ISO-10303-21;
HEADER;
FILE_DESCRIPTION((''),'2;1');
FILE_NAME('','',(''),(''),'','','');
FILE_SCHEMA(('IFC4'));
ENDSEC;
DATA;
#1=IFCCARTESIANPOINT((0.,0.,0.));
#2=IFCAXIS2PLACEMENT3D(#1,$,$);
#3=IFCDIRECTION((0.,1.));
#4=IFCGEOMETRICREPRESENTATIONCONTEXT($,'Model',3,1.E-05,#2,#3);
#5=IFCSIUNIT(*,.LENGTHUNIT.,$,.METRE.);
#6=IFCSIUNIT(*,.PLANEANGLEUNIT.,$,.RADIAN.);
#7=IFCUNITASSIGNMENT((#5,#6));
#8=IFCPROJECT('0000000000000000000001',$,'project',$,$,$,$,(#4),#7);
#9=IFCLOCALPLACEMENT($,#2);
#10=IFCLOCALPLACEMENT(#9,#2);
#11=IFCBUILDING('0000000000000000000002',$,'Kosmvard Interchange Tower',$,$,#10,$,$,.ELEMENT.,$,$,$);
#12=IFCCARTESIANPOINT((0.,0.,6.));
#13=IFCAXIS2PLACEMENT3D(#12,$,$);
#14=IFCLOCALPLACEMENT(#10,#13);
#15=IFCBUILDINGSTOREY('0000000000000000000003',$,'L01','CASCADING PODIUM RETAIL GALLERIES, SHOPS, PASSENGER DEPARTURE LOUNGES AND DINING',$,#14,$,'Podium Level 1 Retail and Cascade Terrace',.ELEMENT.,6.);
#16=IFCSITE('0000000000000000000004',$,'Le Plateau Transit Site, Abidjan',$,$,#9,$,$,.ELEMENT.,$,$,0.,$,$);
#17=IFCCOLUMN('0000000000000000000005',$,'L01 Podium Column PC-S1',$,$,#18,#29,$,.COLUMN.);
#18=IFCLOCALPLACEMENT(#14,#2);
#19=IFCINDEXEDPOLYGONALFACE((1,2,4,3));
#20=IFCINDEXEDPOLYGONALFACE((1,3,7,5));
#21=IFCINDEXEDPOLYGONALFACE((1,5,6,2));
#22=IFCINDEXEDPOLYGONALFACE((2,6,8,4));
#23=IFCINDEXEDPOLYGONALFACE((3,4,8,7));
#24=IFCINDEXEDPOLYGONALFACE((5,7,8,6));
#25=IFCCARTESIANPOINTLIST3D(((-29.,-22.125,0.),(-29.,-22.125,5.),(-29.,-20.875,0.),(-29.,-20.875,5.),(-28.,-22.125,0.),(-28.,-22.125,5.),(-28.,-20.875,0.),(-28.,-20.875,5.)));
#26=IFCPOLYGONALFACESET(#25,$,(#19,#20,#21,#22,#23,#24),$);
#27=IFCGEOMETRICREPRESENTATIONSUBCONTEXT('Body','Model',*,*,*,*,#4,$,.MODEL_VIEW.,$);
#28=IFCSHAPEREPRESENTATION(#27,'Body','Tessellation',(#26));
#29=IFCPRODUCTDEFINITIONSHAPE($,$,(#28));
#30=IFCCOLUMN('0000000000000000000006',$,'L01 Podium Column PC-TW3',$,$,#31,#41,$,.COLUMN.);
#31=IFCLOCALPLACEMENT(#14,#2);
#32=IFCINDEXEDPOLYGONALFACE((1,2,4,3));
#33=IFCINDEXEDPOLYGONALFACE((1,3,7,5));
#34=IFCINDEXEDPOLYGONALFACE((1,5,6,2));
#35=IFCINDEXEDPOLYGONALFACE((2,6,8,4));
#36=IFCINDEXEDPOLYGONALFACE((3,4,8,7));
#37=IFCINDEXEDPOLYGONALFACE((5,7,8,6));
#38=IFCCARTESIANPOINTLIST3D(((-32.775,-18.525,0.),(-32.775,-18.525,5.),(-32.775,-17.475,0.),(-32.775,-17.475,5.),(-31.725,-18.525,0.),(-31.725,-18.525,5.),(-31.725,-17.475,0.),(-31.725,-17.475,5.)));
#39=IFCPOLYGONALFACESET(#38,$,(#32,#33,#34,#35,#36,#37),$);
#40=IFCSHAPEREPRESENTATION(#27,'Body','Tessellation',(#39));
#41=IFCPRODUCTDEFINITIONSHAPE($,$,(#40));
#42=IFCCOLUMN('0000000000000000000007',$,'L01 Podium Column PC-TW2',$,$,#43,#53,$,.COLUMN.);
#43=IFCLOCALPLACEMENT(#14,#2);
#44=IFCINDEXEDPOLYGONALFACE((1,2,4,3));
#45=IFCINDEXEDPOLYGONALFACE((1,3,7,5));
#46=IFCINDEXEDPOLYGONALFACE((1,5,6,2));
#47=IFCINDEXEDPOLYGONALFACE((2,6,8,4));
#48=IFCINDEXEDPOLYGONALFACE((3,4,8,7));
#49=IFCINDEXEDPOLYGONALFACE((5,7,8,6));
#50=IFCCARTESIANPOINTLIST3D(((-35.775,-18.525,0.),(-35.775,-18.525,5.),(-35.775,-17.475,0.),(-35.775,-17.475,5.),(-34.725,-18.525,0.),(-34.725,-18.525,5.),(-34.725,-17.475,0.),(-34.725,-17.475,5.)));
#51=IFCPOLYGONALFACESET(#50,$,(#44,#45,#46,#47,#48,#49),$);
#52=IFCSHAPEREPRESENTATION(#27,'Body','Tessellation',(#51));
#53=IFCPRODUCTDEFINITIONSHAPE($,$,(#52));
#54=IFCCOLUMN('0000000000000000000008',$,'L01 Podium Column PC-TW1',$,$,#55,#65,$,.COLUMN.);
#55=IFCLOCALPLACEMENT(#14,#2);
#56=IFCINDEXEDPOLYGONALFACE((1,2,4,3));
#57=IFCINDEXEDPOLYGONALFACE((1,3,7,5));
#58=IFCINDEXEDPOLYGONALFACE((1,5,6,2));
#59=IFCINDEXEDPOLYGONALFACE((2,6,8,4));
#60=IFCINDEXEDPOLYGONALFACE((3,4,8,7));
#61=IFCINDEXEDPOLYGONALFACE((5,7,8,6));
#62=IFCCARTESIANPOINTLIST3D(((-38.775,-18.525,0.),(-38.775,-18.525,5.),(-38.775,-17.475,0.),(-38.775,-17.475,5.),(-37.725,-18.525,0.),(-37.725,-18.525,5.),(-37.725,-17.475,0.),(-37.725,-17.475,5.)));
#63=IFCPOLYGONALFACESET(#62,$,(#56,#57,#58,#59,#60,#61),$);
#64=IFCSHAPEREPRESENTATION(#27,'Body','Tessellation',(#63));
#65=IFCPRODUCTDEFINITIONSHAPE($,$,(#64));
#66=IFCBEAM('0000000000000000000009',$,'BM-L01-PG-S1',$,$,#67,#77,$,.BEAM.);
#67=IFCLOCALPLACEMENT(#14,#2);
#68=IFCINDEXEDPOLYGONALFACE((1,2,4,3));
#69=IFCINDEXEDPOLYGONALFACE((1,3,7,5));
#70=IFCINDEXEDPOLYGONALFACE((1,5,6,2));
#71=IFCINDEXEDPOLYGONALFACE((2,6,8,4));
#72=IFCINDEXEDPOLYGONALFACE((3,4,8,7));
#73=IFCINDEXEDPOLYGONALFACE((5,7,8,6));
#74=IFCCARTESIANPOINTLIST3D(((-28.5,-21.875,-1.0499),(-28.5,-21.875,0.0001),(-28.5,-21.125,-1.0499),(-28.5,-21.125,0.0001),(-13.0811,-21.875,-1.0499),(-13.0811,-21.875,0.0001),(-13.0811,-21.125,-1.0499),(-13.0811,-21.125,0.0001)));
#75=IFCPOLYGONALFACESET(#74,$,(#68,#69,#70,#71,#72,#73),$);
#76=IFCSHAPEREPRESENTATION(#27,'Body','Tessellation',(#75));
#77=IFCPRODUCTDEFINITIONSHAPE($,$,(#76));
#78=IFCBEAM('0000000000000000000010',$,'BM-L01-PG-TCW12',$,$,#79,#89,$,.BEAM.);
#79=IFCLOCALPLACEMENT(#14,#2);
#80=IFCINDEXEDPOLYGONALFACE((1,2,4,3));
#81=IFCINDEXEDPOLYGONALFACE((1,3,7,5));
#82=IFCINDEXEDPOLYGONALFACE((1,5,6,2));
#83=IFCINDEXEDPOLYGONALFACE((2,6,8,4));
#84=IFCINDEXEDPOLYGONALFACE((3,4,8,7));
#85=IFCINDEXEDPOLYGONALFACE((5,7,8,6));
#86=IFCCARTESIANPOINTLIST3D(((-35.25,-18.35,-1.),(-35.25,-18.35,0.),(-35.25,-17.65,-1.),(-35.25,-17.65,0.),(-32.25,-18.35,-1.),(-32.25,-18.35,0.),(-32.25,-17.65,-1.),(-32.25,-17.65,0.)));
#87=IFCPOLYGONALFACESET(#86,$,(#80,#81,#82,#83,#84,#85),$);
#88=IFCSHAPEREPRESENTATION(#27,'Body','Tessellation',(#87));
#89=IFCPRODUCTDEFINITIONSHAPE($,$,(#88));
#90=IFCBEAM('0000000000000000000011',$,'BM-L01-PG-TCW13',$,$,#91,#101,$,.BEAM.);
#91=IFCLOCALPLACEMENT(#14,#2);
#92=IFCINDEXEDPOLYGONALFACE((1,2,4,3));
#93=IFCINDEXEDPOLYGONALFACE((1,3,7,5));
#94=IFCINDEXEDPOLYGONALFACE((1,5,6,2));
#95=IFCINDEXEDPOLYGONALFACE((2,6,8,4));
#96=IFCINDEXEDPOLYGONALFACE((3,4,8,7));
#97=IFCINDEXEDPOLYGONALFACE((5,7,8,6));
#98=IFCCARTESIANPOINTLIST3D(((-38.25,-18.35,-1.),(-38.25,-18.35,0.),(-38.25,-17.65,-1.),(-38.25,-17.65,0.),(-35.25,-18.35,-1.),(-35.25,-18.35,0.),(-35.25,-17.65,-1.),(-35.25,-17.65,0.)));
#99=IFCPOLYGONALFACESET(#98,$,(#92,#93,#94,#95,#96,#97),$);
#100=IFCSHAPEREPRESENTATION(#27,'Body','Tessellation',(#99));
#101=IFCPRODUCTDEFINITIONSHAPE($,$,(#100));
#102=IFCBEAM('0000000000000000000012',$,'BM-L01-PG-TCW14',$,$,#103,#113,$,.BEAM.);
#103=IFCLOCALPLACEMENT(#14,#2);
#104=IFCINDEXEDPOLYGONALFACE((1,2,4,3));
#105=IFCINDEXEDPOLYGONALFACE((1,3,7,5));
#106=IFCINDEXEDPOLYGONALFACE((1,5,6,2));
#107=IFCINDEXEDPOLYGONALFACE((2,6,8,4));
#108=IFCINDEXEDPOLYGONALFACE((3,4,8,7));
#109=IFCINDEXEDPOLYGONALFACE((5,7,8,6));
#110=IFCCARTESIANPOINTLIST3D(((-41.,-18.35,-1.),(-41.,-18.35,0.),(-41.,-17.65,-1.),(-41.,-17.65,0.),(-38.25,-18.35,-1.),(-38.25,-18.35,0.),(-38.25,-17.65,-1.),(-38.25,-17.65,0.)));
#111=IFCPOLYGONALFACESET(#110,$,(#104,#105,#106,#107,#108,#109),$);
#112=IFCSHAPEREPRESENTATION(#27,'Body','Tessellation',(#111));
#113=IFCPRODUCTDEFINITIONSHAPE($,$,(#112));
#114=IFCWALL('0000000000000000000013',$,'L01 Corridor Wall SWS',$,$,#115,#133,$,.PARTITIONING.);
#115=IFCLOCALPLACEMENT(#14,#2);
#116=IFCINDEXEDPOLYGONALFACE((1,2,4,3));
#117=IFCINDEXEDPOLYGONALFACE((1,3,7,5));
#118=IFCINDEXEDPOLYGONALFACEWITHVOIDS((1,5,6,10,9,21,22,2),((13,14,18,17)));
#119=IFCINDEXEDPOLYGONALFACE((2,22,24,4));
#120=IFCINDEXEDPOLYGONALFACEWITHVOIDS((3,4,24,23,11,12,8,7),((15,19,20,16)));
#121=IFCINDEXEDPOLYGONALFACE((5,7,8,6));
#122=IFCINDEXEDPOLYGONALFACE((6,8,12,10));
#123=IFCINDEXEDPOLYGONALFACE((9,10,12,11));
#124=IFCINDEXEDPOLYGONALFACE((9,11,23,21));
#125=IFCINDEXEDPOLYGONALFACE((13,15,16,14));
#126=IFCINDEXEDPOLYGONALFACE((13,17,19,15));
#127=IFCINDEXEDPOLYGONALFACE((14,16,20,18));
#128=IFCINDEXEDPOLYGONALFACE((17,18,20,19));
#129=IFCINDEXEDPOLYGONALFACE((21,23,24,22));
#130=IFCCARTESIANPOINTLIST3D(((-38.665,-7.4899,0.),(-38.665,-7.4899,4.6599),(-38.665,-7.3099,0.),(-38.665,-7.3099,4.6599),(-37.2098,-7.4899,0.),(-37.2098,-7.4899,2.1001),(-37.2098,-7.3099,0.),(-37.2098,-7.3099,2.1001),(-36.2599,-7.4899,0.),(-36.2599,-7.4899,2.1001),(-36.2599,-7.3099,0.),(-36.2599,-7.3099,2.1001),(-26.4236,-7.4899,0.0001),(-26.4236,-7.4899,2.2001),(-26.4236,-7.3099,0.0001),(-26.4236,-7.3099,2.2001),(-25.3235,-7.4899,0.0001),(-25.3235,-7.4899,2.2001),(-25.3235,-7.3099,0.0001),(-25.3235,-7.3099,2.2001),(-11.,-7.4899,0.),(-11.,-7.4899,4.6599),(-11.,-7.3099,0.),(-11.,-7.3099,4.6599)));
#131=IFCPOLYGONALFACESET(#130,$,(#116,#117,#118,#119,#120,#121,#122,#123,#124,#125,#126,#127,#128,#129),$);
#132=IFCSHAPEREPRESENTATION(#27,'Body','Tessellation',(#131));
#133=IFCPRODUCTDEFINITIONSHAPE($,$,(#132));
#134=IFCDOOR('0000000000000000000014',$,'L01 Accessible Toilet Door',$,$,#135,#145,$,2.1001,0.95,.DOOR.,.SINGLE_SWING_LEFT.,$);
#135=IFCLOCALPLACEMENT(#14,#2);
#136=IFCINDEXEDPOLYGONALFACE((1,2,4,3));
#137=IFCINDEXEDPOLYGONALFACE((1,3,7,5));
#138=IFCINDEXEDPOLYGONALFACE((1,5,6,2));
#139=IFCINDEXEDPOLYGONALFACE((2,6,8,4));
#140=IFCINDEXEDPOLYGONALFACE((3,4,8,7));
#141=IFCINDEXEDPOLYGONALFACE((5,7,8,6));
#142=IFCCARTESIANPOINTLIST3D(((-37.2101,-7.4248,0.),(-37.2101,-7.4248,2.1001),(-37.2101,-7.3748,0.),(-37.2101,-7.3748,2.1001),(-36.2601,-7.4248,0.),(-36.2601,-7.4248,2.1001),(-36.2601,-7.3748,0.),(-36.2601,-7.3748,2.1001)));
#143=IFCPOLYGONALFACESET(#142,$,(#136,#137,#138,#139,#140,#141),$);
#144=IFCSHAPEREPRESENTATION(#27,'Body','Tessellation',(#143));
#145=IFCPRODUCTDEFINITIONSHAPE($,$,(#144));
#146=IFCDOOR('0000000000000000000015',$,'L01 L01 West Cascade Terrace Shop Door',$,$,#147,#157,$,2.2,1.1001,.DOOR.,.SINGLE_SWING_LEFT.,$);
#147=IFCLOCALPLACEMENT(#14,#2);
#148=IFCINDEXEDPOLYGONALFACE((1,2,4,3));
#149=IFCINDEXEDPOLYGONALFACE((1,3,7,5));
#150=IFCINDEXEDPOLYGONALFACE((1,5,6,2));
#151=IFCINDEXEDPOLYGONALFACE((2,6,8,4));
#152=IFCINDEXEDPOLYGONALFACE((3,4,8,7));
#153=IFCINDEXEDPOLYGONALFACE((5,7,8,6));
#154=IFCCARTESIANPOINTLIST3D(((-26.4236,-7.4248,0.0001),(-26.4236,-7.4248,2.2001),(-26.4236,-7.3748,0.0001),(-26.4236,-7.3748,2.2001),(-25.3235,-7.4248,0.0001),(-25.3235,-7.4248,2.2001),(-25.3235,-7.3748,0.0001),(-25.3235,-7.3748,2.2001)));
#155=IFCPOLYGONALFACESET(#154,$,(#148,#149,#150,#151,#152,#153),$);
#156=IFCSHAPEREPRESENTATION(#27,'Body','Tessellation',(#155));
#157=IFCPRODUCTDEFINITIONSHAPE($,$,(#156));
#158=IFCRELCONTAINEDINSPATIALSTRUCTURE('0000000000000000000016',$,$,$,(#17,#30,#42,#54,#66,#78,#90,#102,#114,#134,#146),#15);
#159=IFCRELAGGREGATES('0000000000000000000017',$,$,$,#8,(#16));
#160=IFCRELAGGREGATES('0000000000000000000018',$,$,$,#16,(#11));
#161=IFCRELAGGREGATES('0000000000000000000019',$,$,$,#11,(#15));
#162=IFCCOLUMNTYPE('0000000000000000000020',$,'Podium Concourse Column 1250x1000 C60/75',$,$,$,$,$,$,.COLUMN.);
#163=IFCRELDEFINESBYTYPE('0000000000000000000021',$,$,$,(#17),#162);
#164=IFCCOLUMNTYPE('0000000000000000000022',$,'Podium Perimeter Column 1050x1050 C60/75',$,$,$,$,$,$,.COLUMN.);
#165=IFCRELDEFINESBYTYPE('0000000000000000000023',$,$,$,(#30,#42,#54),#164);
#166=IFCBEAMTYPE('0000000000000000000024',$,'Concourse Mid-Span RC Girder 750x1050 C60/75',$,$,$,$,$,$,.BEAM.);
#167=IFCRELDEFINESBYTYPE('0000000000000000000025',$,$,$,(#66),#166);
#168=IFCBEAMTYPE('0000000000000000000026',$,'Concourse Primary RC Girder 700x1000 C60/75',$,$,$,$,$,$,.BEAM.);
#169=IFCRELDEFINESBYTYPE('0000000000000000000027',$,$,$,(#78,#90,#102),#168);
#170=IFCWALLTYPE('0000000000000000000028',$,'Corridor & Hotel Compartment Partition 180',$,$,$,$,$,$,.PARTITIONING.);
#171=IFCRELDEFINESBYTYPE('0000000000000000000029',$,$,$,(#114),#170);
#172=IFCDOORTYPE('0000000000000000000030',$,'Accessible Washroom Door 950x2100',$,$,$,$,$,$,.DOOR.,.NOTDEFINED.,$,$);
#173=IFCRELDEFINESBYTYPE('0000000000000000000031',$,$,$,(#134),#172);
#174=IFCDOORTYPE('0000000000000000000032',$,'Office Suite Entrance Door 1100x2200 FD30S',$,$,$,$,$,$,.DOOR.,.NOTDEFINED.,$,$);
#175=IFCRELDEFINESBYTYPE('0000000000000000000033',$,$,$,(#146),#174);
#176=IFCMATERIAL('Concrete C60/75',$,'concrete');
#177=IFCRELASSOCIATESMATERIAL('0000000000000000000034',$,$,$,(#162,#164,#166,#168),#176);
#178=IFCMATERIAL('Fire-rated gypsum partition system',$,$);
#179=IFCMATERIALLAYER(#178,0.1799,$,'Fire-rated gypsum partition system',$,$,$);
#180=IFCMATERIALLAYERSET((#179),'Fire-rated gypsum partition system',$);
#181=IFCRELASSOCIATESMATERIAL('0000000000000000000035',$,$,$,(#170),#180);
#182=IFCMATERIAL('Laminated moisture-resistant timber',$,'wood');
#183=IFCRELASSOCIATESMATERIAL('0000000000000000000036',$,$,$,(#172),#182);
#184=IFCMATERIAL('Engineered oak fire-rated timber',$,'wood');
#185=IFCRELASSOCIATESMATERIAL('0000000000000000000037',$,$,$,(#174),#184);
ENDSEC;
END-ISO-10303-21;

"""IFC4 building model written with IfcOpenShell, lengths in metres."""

from ifc_helpers import new_model, si_unit, direction, frame, frame_2d, origin, origin_2d, place, context, subcontext, project, spatial, rectangle, extrude, source, transform, mapped, material, layer, layer_set, material_profile, profile_set, type_object, element, fill, save


model = new_model("IFC4")

# Units and contexts
model_context = context("Model", 3, precision=1e-05, world=origin(), true_north=direction((0.0, 1.0)))
body_context = subcontext(model_context, "Body", "Model", "MODEL_VIEW")
ifc_project = project(units=[si_unit("LENGTHUNIT", "METRE"), si_unit("PLANEANGLEUNIT", "RADIAN")], contexts=[model_context])

# Site, building, storey
site_placement = place(None, origin())
site = spatial("IfcSite", under=ifc_project, at=site_placement, Name="Le Plateau Transit Site, Abidjan", CompositionType="ELEMENT", RefElevation=0.0)
building_placement = place(site_placement, origin())
building = spatial("IfcBuilding", under=site, at=building_placement, Name="Kosmvard Interchange Tower", CompositionType="ELEMENT")
storey_placement = place(building_placement, frame((0.0, 0.0, 6.0)))
storey = spatial("IfcBuildingStorey", under=building, at=storey_placement, Name="L01", Description="CASCADING PODIUM RETAIL GALLERIES, SHOPS, PASSENGER DEPARTURE LOUNGES AND DINING", LongName="Podium Level 1 Retail and Cascade Terrace", CompositionType="ELEMENT", Elevation=6.0)

# Columns
ifc_material_1 = material(Name="Concrete C60/75", Category="concrete")
ifc_material_profile_1 = material_profile(ifc_material_1, rectangle(XDim=1.0, YDim=1.25, at=origin_2d()), Name="PC 1250x1000")
ifc_profile_set_1 = profile_set([ifc_material_profile_1], Name="Concrete C60/75")
column_type_1 = type_object("IfcColumnType", Name="Podium Concourse Column 1250x1000 C60/75", PredefinedType="COLUMN", material=ifc_profile_set_1)
shared_shape_1 = source(origin(), body_context, "Body", "SweptSolid", [
    extrude(rectangle(XDim=1.0, YDim=1.25, at=origin_2d()), origin(), (0.0, 0.0, 1.0), 5.0),
])
column_placement = place(storey_placement, frame((-28.5, -21.5, 0.0), z_axis=(0.0, 0.0, 1.0), x_axis=(1.0, 0.0, 0.0)))
element("IfcColumn", 1, at=column_placement, inside=storey, type_object=column_type_1, Name="L01 Podium Column PC-S1", PredefinedType="COLUMN", context=body_context, shape_type="MappedRepresentation", body=[
    mapped(shared_shape_1, transform((0.0, 0.0, 0.0), scale=1.0)),
])
ifc_material_profile_2 = material_profile(ifc_material_1, rectangle(XDim=1.05, YDim=1.05, at=origin_2d()), Name="PC 1050x1050")
ifc_profile_set_2 = profile_set([ifc_material_profile_2], Name="Concrete C60/75")
column_type_2 = type_object("IfcColumnType", Name="Podium Perimeter Column 1050x1050 C60/75", PredefinedType="COLUMN", material=ifc_profile_set_2)
shared_shape_2 = source(origin(), body_context, "Body", "SweptSolid", [
    extrude(rectangle(XDim=1.05, YDim=1.05, at=origin_2d()), origin(), (0.0, 0.0, 1.0), 5.0),
])
for number, where, z_axis, x_axis, name in (
    (2, (-32.25, -18.0, 0.0), (0.0, 0.0, 1.0), (1.0, 0.0, 0.0), "L01 Podium Column PC-TW3"),
    (3, (-35.25, -18.0, 0.0), (0.0, 0.0, 1.0), (1.0, 0.0, 0.0), "L01 Podium Column PC-TW2"),
    (4, (-38.25, -18.0, 0.0), (0.0, 0.0, 1.0), (1.0, 0.0, 0.0), "L01 Podium Column PC-TW1"),
):
    element("IfcColumn", number, at=place(storey_placement, frame(where, z_axis=z_axis, x_axis=x_axis)), inside=storey, type_object=column_type_2, Name=name, PredefinedType="COLUMN", context=body_context, shape_type="MappedRepresentation", body=[
        mapped(shared_shape_2, transform((0.0, 0.0, 0.0), scale=1.0)),
    ])

# Beams
ifc_material_profile_3 = material_profile(ifc_material_1, rectangle(XDim=0.75, YDim=1.05, at=origin_2d()), Name="RCG 750x1050")
ifc_profile_set_3 = profile_set([ifc_material_profile_3], Name="Concrete C60/75")
beam_type_1 = type_object("IfcBeamType", Name="Concourse Mid-Span RC Girder 750x1050 C60/75", PredefinedType="BEAM", material=ifc_profile_set_3)
shared_shape_3 = source(origin(), body_context, "Body", "SweptSolid", [
    extrude(rectangle(XDim=0.75, YDim=1.05, at=origin_2d()), origin(), (0.0, 0.0, 1.0), 15.4189),
])
beam_1_placement = place(storey_placement, frame((-28.5, -21.5, -0.5249), z_axis=(1.0, 0.0, 0.0), x_axis=(0.0, 1.0, 0.0)))
element("IfcBeam", 5, at=beam_1_placement, inside=storey, type_object=beam_type_1, Name="BM-L01-PG-S1", PredefinedType="BEAM", context=body_context, shape_type="MappedRepresentation", body=[
    mapped(shared_shape_3, transform((0.0, 0.0, 0.0), scale=1.0)),
])
ifc_material_profile_4 = material_profile(ifc_material_1, rectangle(XDim=0.7, YDim=1.0, at=origin_2d()), Name="RCG 700x1000")
ifc_profile_set_4 = profile_set([ifc_material_profile_4], Name="Concrete C60/75")
beam_type_2 = type_object("IfcBeamType", Name="Concourse Primary RC Girder 700x1000 C60/75", PredefinedType="BEAM", material=ifc_profile_set_4)
shared_shape_4 = source(origin(), body_context, "Body", "SweptSolid", [
    extrude(rectangle(XDim=0.7, YDim=1.0, at=origin_2d()), origin(), (0.0, 0.0, 1.0), 3.0),
])
for number, where, z_axis, x_axis, name in (
    (6, (-32.25, -18.0, -0.5), (-1.0, 0.0, 0.0), (0.0, -1.0, 0.0), "BM-L01-PG-TCW12"),
    (7, (-35.25, -18.0, -0.5), (-1.0, 0.0, 0.0), (0.0, -1.0, 0.0), "BM-L01-PG-TCW13"),
):
    element("IfcBeam", number, at=place(storey_placement, frame(where, z_axis=z_axis, x_axis=x_axis)), inside=storey, type_object=beam_type_2, Name=name, PredefinedType="BEAM", context=body_context, shape_type="MappedRepresentation", body=[
        mapped(shared_shape_4, transform((0.0, 0.0, 0.0), scale=1.0)),
    ])
shared_shape_5 = source(origin(), body_context, "Body", "SweptSolid", [
    extrude(rectangle(XDim=0.7, YDim=1.0, at=origin_2d()), origin(), (0.0, 0.0, 1.0), 2.75),
])
beam_2_placement = place(storey_placement, frame((-38.25, -18.0, -0.5), z_axis=(-1.0, 0.0, 0.0), x_axis=(0.0, -1.0, 0.0)))
element("IfcBeam", 8, at=beam_2_placement, inside=storey, type_object=beam_type_2, Name="BM-L01-PG-TCW14", PredefinedType="BEAM", context=body_context, shape_type="MappedRepresentation", body=[
    mapped(shared_shape_5, transform((0.0, 0.0, 0.0), scale=1.0)),
])

# Wall, openings, doors
ifc_material_2 = material(Name="Fire-rated gypsum partition system")
ifc_layer_1 = layer(ifc_material_2, 0.1799, Name="Fire-rated gypsum partition system")
ifc_layer_set_1 = layer_set([ifc_layer_1], Name="Fire-rated gypsum partition system")
wall_type_1 = type_object("IfcWallType", Name="Corridor & Hotel Compartment Partition 180", PredefinedType="PARTITIONING", material=ifc_layer_set_1)
wall_1_placement = place(storey_placement, frame((-38.665, -7.3999, 0.0), z_axis=(0.0, 0.0, 1.0), x_axis=(1.0, 0.0, 0.0)))
wall_1 = element("IfcWall", 9, at=wall_1_placement, inside=storey, type_object=wall_type_1, Name="L01 Corridor Wall SWS", PredefinedType="PARTITIONING", context=body_context, shape_type="SweptSolid", body=[
    extrude(rectangle(XDim=27.665, YDim=0.1799, at=frame_2d((13.8325, 0.0))), origin(), (0.0, 0.0, 1.0), 4.6599),
])
opening_1_placement = place(wall_1_placement, frame((1.4551, 0.0, 0.0)))
opening_1 = element("IfcOpeningElement", 10, at=opening_1_placement, cuts=wall_1, PredefinedType="OPENING", context=body_context, shape_type="SweptSolid", body=[
    extrude(rectangle(XDim=0.95, YDim=2.1001, at=frame_2d((0.4751, 1.05))), frame((0.0, 0.1001, 0.0), z_axis=(0.0, -1.0, 0.0), x_axis=(1.0, 0.0, 0.0)), (0.0, 0.0, 1.0), 0.2),
])
opening_2_placement = place(wall_1_placement, frame((12.2415, 0.0, 0.0)))
opening_2 = element("IfcOpeningElement", 11, at=opening_2_placement, cuts=wall_1, PredefinedType="OPENING", context=body_context, shape_type="SweptSolid", body=[
    extrude(rectangle(XDim=1.1001, YDim=2.2, at=frame_2d((0.55, 1.1001))), frame((0.0, 0.1001, 0.0), z_axis=(0.0, -1.0, 0.0), x_axis=(1.0, 0.0, 0.0)), (0.0, 0.0, 1.0), 0.2),
])
ifc_material_3 = material(Name="Laminated moisture-resistant timber", Category="wood")
door_type_1 = type_object("IfcDoorType", Name="Accessible Washroom Door 950x2100", OperationType="NOTDEFINED", PredefinedType="DOOR", material=ifc_material_3)
shared_shape_6 = source(origin(), body_context, "Body", "SweptSolid", [
    extrude(rectangle(XDim=0.95, YDim=2.1001, at=frame_2d((0.4751, 1.05))), frame((0.0, 0.0249, 0.0), z_axis=(0.0, -1.0, 0.0), x_axis=(1.0, 0.0, 0.0)), (0.0, 0.0, 1.0), 0.05),
])
door_1_placement = place(opening_1_placement, frame((0.95, 0.0, 0.0), z_axis=(0.0, 0.0, 1.0), x_axis=(-1.0, 0.0, 0.0)))
door_1 = element("IfcDoor", 12, at=door_1_placement, inside=storey, type_object=door_type_1, Name="L01 Accessible Toilet Door", OperationType="SINGLE_SWING_LEFT", OverallHeight=2.1001, OverallWidth=0.95, PredefinedType="DOOR", context=body_context, shape_type="MappedRepresentation", body=[
    mapped(shared_shape_6, transform((0.0, 0.0, 0.0), scale=1.0)),
])
fill(opening_1, door_1)
ifc_material_4 = material(Name="Engineered oak fire-rated timber", Category="wood")
door_type_2 = type_object("IfcDoorType", Name="Office Suite Entrance Door 1100x2200 FD30S", OperationType="NOTDEFINED", PredefinedType="DOOR", material=ifc_material_4)
shared_shape_7 = source(origin(), body_context, "Body", "SweptSolid", [
    extrude(rectangle(XDim=1.1001, YDim=2.2, at=frame_2d((0.55, 1.1001))), frame((0.0, 0.0249, 0.0), z_axis=(0.0, -1.0, 0.0), x_axis=(1.0, 0.0, 0.0)), (0.0, 0.0, 1.0), 0.05),
])
door_2_placement = place(opening_2_placement, frame((1.1001, 0.0, 0.0), z_axis=(0.0, 0.0, 1.0), x_axis=(-1.0, 0.0, 0.0)))
door_2 = element("IfcDoor", 13, at=door_2_placement, inside=storey, type_object=door_type_2, Name="L01 L01 West Cascade Terrace Shop Door", OperationType="SINGLE_SWING_LEFT", OverallHeight=2.2, OverallWidth=1.1001, PredefinedType="DOOR", context=body_context, shape_type="MappedRepresentation", body=[
    mapped(shared_shape_7, transform((0.0, 0.0, 0.0), scale=1.0)),
])
fill(opening_2, door_2)

save(model, "model.ifc")
